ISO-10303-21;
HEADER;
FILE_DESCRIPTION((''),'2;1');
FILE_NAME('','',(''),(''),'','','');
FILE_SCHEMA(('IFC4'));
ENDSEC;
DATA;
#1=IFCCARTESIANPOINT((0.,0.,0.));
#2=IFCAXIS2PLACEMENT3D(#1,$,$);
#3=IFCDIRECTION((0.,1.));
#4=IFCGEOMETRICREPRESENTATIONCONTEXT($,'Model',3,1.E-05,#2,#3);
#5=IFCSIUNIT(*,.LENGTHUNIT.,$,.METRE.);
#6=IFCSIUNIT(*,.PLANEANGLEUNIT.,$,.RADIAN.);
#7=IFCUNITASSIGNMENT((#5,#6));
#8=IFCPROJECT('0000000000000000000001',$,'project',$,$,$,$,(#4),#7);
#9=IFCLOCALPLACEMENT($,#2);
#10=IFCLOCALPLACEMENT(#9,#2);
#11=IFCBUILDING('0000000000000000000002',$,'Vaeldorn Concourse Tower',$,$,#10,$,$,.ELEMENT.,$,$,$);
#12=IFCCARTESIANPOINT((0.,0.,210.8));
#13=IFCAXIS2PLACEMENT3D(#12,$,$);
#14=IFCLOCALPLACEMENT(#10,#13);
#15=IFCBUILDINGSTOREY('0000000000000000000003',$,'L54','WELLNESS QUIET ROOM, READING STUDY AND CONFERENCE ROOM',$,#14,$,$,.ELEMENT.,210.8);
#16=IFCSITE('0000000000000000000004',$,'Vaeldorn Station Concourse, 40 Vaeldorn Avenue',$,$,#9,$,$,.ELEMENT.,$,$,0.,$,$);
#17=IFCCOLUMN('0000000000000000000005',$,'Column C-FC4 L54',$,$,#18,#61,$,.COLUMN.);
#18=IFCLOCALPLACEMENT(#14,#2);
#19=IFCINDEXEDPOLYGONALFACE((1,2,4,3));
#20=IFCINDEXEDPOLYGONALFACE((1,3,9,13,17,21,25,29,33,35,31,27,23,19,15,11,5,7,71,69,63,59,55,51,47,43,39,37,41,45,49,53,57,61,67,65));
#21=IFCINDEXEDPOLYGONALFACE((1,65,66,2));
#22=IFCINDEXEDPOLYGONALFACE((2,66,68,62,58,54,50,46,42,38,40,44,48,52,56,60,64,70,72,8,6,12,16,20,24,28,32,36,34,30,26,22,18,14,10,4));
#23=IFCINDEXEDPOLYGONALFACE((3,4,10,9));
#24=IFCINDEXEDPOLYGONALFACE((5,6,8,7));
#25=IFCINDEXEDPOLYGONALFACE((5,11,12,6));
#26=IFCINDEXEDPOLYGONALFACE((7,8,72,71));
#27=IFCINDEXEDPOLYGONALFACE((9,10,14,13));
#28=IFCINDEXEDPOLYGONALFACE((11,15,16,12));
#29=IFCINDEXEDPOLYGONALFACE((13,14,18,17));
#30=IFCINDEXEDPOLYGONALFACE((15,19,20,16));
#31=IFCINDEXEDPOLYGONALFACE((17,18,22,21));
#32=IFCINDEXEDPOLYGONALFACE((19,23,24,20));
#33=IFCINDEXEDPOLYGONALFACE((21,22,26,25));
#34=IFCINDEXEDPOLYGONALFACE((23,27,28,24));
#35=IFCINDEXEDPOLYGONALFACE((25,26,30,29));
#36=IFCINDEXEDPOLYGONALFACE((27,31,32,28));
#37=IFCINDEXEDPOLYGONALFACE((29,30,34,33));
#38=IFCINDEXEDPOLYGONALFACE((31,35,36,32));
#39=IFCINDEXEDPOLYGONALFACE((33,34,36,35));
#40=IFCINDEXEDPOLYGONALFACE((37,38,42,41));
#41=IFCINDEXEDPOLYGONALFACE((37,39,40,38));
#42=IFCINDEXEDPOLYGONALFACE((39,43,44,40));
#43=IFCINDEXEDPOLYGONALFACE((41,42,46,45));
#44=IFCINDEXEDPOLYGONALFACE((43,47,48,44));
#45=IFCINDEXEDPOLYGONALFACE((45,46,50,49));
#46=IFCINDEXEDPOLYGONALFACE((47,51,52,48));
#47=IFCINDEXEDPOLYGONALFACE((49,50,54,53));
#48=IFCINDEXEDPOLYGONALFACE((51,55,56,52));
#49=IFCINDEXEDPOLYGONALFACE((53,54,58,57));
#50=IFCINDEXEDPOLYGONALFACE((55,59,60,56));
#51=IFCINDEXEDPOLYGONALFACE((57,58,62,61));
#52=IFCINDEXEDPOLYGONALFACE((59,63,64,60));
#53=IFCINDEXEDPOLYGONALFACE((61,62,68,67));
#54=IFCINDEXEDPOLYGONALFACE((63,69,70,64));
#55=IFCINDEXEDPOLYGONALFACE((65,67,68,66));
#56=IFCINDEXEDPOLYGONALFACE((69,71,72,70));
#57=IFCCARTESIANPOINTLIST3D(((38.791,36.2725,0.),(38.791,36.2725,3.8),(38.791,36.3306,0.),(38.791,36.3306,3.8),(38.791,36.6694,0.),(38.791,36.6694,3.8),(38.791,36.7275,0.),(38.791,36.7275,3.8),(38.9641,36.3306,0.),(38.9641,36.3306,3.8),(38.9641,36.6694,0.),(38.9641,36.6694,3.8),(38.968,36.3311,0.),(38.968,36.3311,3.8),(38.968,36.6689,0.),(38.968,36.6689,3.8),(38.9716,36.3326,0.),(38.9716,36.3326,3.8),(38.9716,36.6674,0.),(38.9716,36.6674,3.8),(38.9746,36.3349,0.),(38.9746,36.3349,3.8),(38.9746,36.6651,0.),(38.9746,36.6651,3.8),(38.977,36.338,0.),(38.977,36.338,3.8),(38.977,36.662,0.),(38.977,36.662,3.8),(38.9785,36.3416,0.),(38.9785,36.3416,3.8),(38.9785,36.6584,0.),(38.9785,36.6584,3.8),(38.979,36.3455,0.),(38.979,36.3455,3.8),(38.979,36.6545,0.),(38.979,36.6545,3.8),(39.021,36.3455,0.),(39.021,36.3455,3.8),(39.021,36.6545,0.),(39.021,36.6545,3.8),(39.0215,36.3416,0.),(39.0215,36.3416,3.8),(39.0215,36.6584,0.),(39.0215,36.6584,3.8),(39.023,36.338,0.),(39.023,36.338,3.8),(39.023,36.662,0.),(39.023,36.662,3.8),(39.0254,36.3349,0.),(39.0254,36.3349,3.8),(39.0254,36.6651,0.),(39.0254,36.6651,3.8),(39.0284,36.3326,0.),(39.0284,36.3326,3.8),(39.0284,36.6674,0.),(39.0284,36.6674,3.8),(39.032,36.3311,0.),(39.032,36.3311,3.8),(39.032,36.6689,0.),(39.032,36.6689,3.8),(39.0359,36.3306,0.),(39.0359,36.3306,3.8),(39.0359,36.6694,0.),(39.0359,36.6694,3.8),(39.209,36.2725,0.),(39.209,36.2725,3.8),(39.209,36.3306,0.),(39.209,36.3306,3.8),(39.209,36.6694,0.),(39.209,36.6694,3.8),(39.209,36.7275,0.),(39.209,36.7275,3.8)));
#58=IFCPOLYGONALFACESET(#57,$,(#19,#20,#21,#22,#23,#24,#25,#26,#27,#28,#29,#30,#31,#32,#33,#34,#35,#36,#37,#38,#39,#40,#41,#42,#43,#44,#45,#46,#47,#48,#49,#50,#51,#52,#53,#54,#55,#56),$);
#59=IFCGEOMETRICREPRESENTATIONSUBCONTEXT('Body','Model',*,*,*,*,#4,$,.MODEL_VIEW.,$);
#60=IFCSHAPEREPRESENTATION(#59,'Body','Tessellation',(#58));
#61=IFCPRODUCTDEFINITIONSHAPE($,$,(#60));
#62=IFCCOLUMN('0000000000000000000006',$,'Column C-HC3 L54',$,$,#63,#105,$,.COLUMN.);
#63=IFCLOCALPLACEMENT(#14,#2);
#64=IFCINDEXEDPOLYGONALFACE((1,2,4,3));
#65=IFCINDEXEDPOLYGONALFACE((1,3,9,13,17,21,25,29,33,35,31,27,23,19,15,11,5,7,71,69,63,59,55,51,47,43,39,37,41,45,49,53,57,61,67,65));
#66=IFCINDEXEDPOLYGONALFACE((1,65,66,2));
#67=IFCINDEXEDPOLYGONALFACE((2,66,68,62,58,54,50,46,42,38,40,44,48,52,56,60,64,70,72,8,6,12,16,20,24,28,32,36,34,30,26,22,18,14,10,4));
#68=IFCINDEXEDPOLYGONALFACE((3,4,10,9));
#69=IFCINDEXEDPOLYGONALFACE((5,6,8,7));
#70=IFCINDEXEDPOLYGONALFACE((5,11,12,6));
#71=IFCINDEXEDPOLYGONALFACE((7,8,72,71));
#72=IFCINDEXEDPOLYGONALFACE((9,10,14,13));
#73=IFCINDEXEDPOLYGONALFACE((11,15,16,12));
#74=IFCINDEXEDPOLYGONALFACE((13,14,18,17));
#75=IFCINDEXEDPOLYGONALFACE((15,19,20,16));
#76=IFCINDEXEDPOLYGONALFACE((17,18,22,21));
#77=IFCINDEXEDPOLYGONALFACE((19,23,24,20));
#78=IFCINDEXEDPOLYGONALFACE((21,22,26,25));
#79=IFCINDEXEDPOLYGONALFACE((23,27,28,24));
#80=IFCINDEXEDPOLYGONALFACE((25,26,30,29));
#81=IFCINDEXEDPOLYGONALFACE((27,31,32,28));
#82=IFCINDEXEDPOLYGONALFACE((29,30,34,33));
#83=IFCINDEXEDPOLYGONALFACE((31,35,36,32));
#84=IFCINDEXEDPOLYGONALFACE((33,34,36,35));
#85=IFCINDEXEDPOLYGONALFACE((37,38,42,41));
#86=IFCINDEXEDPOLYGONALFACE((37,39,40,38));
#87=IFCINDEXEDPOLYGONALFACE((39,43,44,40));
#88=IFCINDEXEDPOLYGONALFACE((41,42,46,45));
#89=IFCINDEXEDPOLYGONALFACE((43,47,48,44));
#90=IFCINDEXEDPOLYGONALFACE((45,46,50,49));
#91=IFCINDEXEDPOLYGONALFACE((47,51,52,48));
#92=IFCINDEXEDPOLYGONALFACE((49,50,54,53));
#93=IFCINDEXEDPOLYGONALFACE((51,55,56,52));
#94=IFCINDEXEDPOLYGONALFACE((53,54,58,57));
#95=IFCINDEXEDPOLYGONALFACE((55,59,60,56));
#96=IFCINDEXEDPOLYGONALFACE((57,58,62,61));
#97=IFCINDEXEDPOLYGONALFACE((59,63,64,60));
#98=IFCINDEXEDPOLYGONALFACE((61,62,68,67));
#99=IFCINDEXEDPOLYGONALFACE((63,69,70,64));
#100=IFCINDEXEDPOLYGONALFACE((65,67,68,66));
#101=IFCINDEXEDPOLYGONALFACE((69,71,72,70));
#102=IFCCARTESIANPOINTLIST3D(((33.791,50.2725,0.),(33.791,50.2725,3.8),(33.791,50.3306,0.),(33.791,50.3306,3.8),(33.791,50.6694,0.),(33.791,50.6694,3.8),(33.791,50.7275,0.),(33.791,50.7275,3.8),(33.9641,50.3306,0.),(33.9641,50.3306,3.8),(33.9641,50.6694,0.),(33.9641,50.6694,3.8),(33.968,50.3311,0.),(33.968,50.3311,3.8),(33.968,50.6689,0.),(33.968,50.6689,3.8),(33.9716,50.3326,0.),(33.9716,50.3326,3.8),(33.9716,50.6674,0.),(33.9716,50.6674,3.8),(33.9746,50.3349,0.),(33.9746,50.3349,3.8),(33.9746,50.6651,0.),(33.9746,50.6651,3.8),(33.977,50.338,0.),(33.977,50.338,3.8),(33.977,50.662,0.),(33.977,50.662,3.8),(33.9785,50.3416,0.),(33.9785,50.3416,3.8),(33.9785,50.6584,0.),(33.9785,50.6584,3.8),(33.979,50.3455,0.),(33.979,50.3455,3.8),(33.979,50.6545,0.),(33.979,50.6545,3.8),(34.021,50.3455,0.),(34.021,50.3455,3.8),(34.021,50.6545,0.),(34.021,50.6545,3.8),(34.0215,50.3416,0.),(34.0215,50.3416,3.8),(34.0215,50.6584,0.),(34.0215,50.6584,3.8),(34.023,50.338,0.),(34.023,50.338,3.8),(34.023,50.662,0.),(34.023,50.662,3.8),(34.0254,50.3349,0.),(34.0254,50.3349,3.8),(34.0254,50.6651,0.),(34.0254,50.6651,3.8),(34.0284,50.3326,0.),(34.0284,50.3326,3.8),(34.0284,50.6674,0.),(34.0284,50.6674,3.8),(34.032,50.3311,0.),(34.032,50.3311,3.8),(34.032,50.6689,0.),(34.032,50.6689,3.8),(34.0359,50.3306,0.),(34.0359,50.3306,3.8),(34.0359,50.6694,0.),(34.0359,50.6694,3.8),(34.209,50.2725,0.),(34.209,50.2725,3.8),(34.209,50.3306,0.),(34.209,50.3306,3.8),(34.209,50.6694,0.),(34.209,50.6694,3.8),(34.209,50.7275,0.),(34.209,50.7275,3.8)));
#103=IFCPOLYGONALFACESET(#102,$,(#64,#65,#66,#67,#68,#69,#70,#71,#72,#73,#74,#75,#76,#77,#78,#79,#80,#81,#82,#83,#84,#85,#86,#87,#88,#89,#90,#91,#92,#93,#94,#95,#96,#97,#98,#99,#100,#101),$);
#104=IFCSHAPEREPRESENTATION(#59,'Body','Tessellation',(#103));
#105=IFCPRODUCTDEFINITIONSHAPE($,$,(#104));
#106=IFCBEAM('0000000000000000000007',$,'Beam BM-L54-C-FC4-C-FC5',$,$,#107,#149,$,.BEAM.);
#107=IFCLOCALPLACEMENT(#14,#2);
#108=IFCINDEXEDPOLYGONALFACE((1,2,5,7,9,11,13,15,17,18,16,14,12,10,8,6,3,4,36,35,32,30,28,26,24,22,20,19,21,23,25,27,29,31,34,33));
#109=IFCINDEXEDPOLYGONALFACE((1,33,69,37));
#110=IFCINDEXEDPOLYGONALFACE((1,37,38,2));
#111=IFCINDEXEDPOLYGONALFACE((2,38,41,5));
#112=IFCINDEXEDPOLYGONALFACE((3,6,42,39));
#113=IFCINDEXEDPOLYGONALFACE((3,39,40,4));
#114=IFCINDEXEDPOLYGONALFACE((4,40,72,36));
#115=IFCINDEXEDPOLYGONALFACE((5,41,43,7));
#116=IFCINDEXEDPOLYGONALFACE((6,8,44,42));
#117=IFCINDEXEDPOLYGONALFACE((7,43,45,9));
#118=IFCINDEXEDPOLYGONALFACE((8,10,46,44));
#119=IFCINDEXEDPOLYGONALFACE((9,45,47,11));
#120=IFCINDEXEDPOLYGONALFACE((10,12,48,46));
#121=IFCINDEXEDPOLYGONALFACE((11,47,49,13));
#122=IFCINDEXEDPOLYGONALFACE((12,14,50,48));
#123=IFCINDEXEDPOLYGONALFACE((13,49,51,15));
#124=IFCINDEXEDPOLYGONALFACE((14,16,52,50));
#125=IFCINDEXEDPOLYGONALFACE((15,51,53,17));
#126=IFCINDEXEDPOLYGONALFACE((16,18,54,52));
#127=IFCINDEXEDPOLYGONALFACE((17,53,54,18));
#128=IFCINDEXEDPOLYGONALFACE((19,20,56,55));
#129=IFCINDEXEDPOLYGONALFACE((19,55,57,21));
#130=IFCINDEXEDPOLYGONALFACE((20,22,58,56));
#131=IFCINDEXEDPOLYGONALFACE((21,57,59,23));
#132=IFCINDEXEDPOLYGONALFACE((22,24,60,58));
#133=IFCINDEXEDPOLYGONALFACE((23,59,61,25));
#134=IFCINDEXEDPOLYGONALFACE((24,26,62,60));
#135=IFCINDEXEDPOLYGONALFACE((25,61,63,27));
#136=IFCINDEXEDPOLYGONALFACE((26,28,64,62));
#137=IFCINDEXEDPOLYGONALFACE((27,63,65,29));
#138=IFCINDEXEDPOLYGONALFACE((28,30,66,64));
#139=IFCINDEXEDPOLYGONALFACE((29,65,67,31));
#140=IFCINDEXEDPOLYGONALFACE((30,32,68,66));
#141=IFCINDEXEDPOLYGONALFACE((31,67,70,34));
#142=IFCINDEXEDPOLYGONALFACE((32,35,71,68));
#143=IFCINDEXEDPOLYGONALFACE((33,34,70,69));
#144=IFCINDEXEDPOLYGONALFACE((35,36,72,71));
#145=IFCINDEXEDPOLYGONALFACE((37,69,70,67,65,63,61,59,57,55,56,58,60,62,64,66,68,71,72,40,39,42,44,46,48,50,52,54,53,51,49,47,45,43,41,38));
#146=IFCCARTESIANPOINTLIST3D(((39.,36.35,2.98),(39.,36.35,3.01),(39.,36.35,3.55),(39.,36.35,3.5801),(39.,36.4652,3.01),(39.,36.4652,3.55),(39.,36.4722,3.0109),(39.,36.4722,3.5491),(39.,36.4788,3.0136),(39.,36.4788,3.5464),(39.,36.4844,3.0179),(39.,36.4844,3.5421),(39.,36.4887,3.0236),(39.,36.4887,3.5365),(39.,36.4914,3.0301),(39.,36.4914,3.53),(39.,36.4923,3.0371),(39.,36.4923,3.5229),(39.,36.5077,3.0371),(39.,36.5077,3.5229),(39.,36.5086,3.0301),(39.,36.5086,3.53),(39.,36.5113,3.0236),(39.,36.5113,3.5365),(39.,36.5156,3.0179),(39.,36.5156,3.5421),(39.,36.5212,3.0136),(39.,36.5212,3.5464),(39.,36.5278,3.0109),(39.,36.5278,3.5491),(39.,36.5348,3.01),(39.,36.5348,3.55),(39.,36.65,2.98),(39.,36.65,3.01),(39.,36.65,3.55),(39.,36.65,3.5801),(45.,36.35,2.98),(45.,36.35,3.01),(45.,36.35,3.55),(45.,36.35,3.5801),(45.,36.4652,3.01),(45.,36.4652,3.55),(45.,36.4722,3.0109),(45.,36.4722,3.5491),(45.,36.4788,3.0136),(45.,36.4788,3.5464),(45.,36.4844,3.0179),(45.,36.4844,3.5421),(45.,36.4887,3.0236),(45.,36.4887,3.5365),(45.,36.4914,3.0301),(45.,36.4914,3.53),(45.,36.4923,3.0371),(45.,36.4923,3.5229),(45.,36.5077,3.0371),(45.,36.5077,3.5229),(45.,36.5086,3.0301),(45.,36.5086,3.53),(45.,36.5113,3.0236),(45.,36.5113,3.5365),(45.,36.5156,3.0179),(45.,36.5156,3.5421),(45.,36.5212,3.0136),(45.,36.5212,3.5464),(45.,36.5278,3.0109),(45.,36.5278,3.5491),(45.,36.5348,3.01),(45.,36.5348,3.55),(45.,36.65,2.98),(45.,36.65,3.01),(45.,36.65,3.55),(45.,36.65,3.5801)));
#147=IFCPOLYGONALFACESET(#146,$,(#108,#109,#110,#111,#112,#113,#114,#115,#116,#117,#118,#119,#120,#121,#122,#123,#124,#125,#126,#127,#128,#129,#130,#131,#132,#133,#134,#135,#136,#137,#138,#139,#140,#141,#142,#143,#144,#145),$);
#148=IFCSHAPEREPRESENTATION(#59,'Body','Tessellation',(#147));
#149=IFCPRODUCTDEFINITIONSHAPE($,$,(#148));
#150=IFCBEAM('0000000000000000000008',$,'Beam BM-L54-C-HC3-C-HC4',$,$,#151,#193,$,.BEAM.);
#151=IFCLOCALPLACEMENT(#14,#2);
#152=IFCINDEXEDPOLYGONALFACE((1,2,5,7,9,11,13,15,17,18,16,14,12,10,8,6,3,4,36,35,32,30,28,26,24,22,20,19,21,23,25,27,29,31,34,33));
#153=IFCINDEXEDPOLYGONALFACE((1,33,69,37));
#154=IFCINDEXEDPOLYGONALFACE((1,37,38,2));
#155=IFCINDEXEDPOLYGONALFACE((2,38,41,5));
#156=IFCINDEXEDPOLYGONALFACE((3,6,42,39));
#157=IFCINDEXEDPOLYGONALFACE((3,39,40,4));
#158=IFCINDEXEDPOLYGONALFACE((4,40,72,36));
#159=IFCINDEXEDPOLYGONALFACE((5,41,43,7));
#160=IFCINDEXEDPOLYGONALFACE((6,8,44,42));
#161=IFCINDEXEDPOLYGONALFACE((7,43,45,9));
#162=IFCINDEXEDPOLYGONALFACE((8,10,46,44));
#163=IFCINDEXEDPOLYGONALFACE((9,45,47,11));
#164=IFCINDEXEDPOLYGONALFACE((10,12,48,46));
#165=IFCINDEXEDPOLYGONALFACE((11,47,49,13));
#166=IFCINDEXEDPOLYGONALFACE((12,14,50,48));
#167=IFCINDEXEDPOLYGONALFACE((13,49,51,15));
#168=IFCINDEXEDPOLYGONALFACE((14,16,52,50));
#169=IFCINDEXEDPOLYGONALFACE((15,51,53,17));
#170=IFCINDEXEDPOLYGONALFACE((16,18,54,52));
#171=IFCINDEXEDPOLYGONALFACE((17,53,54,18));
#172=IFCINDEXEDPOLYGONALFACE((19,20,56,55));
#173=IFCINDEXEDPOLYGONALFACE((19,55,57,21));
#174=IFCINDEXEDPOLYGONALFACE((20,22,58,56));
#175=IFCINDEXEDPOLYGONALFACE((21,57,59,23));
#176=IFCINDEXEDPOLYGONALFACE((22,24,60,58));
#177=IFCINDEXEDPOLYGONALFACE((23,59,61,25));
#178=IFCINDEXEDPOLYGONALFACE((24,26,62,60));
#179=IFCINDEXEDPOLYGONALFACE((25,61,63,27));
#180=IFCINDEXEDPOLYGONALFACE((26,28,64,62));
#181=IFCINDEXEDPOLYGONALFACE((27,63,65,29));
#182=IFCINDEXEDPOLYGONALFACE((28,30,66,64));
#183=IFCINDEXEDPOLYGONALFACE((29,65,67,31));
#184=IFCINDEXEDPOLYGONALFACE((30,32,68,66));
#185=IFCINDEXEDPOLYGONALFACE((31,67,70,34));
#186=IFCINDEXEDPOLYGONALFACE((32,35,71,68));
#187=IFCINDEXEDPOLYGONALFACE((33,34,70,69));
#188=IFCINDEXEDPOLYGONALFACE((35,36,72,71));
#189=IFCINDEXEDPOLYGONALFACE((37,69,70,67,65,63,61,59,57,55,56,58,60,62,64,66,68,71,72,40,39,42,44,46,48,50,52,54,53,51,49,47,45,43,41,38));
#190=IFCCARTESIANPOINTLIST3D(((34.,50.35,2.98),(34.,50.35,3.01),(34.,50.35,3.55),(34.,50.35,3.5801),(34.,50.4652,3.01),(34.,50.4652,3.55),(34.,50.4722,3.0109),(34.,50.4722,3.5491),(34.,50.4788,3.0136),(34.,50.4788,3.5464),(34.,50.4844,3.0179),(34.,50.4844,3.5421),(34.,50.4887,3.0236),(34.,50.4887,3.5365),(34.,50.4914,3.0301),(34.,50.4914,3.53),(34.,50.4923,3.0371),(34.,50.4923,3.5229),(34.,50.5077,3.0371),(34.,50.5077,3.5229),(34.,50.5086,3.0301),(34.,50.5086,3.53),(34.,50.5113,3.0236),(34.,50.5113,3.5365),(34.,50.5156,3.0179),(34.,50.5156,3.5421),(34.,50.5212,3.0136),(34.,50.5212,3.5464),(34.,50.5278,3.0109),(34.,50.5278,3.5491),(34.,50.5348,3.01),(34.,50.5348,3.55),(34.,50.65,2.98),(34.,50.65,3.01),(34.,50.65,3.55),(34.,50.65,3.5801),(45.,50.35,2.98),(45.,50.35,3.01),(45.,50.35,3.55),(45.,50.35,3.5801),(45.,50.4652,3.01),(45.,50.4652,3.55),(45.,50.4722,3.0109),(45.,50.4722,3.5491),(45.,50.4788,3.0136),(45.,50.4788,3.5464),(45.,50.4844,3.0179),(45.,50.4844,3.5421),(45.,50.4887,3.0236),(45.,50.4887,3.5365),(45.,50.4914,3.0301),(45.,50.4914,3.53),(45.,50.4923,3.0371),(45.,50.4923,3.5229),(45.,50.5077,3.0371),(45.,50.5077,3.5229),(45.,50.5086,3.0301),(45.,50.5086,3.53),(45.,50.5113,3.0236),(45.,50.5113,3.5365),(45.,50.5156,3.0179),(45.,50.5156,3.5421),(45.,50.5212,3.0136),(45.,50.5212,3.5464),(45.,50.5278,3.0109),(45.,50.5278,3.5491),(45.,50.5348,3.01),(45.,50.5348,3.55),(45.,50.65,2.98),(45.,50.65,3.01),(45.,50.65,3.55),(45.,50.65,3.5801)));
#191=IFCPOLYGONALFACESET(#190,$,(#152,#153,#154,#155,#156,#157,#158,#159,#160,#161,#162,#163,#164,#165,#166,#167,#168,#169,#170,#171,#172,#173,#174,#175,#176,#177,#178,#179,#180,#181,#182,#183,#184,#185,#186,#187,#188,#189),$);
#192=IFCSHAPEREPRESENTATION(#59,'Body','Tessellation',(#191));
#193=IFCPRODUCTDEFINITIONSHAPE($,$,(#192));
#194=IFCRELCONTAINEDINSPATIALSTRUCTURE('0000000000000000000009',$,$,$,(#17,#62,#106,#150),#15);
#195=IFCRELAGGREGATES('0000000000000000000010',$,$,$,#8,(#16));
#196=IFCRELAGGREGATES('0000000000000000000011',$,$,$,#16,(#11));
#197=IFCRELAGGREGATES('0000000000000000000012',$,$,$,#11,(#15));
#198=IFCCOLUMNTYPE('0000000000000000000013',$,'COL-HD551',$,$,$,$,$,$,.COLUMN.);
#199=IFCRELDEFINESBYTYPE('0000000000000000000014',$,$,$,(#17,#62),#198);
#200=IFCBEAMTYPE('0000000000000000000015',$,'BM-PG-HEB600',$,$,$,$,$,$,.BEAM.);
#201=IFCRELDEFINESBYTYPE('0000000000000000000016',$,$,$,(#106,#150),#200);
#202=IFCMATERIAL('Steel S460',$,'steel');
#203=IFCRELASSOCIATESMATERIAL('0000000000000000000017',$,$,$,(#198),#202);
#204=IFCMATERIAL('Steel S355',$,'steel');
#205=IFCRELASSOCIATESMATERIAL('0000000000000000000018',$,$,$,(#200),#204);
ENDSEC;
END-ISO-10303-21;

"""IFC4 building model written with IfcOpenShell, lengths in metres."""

from ifc_helpers import new_model, si_unit, direction, frame, origin, origin_2d, place, context, subcontext, project, spatial, i_section, extrude, source, transform, mapped, material, material_profile, profile_set, type_object, element, save


model = new_model("IFC4")

# Units and contexts
model_context = context("Model", 3, precision=1e-05, world=origin(), true_north=direction((0.0, 1.0)))
body_context = subcontext(model_context, "Body", "Model", "MODEL_VIEW")
ifc_project = project(units=[si_unit("LENGTHUNIT", "METRE"), si_unit("PLANEANGLEUNIT", "RADIAN")], contexts=[model_context])

# Site, building, storey
site_placement = place(None, origin())
site = spatial("IfcSite", under=ifc_project, at=site_placement, Name="Vaeldorn Station Concourse, 40 Vaeldorn Avenue", CompositionType="ELEMENT", RefElevation=0.0)
building_placement = place(site_placement, origin())
building = spatial("IfcBuilding", under=site, at=building_placement, Name="Vaeldorn Concourse Tower", CompositionType="ELEMENT")
storey_placement = place(building_placement, frame((0.0, 0.0, 210.8)))
storey = spatial("IfcBuildingStorey", under=building, at=storey_placement, Name="L54", Description="WELLNESS QUIET ROOM, READING STUDY AND CONFERENCE ROOM", CompositionType="ELEMENT", Elevation=210.8)

# Columns
ifc_material_1 = material(Name="Steel S460", Category="steel")
ifc_material_profile_1 = material_profile(ifc_material_1, i_section(OverallWidth=0.418, OverallDepth=0.4551, WebThickness=0.042, FlangeThickness=0.0581, FilletRadius=0.0149, at=origin_2d()), Name="HD 400x551")
ifc_profile_set_1 = profile_set([ifc_material_profile_1], Name="Steel S460")
column_type = type_object("IfcColumnType", Name="COL-HD551", PredefinedType="COLUMN", material=ifc_profile_set_1)
shared_shape_1 = source(origin(), body_context, "Body", "SweptSolid", [
    extrude(i_section(OverallWidth=0.418, OverallDepth=0.4551, WebThickness=0.042, FlangeThickness=0.0581, FilletRadius=0.0149, at=origin_2d()), origin(), (0.0, 0.0, 1.0), 3.8),
])
for number, where, z_axis, x_axis, name in (
    (1, (39.0, 36.5, 0.0), (0.0, 0.0, 1.0), (1.0, 0.0, 0.0), "Column C-FC4 L54"),
    (2, (34.0, 50.5, 0.0), (0.0, 0.0, 1.0), (1.0, 0.0, 0.0), "Column C-HC3 L54"),
):
    element("IfcColumn", number, at=place(storey_placement, frame(where, z_axis=z_axis, x_axis=x_axis)), inside=storey, type_object=column_type, Name=name, PredefinedType="COLUMN", context=body_context, shape_type="MappedRepresentation", body=[
        mapped(shared_shape_1, transform((0.0, 0.0, 0.0), scale=1.0)),
    ])

# Beams
ifc_material_2 = material(Name="Steel S355", Category="steel")
ifc_material_profile_2 = material_profile(ifc_material_2, i_section(OverallWidth=0.3, OverallDepth=0.6001, WebThickness=0.0154, FlangeThickness=0.03, FilletRadius=0.0271, at=origin_2d()), Name="HEB 600")
ifc_profile_set_2 = profile_set([ifc_material_profile_2], Name="Steel S355")
beam_type = type_object("IfcBeamType", Name="BM-PG-HEB600", PredefinedType="BEAM", material=ifc_profile_set_2)
shared_shape_2 = source(origin(), body_context, "Body", "SweptSolid", [
    extrude(i_section(OverallWidth=0.3, OverallDepth=0.6001, WebThickness=0.0154, FlangeThickness=0.03, FilletRadius=0.0271, at=origin_2d()), origin(), (0.0, 0.0, 1.0), 6.0),
])
beam_1_placement = place(storey_placement, frame((39.0, 36.5, 3.28), z_axis=(1.0, 0.0, 0.0), x_axis=(0.0, 1.0, 0.0)))
element("IfcBeam", 3, at=beam_1_placement, inside=storey, type_object=beam_type, Name="Beam BM-L54-C-FC4-C-FC5", PredefinedType="BEAM", context=body_context, shape_type="MappedRepresentation", body=[
    mapped(shared_shape_2, transform((0.0, 0.0, 0.0), scale=1.0)),
])
shared_shape_3 = source(origin(), body_context, "Body", "SweptSolid", [
    extrude(i_section(OverallWidth=0.3, OverallDepth=0.6001, WebThickness=0.0154, FlangeThickness=0.03, FilletRadius=0.0271, at=origin_2d()), origin(), (0.0, 0.0, 1.0), 11.0),
])
beam_2_placement = place(storey_placement, frame((34.0, 50.5, 3.28), z_axis=(1.0, 0.0, 0.0), x_axis=(0.0, 1.0, 0.0)))
element("IfcBeam", 4, at=beam_2_placement, inside=storey, type_object=beam_type, Name="Beam BM-L54-C-HC3-C-HC4", PredefinedType="BEAM", context=body_context, shape_type="MappedRepresentation", body=[
    mapped(shared_shape_3, transform((0.0, 0.0, 0.0), scale=1.0)),
])

save(model, "model.ifc")
